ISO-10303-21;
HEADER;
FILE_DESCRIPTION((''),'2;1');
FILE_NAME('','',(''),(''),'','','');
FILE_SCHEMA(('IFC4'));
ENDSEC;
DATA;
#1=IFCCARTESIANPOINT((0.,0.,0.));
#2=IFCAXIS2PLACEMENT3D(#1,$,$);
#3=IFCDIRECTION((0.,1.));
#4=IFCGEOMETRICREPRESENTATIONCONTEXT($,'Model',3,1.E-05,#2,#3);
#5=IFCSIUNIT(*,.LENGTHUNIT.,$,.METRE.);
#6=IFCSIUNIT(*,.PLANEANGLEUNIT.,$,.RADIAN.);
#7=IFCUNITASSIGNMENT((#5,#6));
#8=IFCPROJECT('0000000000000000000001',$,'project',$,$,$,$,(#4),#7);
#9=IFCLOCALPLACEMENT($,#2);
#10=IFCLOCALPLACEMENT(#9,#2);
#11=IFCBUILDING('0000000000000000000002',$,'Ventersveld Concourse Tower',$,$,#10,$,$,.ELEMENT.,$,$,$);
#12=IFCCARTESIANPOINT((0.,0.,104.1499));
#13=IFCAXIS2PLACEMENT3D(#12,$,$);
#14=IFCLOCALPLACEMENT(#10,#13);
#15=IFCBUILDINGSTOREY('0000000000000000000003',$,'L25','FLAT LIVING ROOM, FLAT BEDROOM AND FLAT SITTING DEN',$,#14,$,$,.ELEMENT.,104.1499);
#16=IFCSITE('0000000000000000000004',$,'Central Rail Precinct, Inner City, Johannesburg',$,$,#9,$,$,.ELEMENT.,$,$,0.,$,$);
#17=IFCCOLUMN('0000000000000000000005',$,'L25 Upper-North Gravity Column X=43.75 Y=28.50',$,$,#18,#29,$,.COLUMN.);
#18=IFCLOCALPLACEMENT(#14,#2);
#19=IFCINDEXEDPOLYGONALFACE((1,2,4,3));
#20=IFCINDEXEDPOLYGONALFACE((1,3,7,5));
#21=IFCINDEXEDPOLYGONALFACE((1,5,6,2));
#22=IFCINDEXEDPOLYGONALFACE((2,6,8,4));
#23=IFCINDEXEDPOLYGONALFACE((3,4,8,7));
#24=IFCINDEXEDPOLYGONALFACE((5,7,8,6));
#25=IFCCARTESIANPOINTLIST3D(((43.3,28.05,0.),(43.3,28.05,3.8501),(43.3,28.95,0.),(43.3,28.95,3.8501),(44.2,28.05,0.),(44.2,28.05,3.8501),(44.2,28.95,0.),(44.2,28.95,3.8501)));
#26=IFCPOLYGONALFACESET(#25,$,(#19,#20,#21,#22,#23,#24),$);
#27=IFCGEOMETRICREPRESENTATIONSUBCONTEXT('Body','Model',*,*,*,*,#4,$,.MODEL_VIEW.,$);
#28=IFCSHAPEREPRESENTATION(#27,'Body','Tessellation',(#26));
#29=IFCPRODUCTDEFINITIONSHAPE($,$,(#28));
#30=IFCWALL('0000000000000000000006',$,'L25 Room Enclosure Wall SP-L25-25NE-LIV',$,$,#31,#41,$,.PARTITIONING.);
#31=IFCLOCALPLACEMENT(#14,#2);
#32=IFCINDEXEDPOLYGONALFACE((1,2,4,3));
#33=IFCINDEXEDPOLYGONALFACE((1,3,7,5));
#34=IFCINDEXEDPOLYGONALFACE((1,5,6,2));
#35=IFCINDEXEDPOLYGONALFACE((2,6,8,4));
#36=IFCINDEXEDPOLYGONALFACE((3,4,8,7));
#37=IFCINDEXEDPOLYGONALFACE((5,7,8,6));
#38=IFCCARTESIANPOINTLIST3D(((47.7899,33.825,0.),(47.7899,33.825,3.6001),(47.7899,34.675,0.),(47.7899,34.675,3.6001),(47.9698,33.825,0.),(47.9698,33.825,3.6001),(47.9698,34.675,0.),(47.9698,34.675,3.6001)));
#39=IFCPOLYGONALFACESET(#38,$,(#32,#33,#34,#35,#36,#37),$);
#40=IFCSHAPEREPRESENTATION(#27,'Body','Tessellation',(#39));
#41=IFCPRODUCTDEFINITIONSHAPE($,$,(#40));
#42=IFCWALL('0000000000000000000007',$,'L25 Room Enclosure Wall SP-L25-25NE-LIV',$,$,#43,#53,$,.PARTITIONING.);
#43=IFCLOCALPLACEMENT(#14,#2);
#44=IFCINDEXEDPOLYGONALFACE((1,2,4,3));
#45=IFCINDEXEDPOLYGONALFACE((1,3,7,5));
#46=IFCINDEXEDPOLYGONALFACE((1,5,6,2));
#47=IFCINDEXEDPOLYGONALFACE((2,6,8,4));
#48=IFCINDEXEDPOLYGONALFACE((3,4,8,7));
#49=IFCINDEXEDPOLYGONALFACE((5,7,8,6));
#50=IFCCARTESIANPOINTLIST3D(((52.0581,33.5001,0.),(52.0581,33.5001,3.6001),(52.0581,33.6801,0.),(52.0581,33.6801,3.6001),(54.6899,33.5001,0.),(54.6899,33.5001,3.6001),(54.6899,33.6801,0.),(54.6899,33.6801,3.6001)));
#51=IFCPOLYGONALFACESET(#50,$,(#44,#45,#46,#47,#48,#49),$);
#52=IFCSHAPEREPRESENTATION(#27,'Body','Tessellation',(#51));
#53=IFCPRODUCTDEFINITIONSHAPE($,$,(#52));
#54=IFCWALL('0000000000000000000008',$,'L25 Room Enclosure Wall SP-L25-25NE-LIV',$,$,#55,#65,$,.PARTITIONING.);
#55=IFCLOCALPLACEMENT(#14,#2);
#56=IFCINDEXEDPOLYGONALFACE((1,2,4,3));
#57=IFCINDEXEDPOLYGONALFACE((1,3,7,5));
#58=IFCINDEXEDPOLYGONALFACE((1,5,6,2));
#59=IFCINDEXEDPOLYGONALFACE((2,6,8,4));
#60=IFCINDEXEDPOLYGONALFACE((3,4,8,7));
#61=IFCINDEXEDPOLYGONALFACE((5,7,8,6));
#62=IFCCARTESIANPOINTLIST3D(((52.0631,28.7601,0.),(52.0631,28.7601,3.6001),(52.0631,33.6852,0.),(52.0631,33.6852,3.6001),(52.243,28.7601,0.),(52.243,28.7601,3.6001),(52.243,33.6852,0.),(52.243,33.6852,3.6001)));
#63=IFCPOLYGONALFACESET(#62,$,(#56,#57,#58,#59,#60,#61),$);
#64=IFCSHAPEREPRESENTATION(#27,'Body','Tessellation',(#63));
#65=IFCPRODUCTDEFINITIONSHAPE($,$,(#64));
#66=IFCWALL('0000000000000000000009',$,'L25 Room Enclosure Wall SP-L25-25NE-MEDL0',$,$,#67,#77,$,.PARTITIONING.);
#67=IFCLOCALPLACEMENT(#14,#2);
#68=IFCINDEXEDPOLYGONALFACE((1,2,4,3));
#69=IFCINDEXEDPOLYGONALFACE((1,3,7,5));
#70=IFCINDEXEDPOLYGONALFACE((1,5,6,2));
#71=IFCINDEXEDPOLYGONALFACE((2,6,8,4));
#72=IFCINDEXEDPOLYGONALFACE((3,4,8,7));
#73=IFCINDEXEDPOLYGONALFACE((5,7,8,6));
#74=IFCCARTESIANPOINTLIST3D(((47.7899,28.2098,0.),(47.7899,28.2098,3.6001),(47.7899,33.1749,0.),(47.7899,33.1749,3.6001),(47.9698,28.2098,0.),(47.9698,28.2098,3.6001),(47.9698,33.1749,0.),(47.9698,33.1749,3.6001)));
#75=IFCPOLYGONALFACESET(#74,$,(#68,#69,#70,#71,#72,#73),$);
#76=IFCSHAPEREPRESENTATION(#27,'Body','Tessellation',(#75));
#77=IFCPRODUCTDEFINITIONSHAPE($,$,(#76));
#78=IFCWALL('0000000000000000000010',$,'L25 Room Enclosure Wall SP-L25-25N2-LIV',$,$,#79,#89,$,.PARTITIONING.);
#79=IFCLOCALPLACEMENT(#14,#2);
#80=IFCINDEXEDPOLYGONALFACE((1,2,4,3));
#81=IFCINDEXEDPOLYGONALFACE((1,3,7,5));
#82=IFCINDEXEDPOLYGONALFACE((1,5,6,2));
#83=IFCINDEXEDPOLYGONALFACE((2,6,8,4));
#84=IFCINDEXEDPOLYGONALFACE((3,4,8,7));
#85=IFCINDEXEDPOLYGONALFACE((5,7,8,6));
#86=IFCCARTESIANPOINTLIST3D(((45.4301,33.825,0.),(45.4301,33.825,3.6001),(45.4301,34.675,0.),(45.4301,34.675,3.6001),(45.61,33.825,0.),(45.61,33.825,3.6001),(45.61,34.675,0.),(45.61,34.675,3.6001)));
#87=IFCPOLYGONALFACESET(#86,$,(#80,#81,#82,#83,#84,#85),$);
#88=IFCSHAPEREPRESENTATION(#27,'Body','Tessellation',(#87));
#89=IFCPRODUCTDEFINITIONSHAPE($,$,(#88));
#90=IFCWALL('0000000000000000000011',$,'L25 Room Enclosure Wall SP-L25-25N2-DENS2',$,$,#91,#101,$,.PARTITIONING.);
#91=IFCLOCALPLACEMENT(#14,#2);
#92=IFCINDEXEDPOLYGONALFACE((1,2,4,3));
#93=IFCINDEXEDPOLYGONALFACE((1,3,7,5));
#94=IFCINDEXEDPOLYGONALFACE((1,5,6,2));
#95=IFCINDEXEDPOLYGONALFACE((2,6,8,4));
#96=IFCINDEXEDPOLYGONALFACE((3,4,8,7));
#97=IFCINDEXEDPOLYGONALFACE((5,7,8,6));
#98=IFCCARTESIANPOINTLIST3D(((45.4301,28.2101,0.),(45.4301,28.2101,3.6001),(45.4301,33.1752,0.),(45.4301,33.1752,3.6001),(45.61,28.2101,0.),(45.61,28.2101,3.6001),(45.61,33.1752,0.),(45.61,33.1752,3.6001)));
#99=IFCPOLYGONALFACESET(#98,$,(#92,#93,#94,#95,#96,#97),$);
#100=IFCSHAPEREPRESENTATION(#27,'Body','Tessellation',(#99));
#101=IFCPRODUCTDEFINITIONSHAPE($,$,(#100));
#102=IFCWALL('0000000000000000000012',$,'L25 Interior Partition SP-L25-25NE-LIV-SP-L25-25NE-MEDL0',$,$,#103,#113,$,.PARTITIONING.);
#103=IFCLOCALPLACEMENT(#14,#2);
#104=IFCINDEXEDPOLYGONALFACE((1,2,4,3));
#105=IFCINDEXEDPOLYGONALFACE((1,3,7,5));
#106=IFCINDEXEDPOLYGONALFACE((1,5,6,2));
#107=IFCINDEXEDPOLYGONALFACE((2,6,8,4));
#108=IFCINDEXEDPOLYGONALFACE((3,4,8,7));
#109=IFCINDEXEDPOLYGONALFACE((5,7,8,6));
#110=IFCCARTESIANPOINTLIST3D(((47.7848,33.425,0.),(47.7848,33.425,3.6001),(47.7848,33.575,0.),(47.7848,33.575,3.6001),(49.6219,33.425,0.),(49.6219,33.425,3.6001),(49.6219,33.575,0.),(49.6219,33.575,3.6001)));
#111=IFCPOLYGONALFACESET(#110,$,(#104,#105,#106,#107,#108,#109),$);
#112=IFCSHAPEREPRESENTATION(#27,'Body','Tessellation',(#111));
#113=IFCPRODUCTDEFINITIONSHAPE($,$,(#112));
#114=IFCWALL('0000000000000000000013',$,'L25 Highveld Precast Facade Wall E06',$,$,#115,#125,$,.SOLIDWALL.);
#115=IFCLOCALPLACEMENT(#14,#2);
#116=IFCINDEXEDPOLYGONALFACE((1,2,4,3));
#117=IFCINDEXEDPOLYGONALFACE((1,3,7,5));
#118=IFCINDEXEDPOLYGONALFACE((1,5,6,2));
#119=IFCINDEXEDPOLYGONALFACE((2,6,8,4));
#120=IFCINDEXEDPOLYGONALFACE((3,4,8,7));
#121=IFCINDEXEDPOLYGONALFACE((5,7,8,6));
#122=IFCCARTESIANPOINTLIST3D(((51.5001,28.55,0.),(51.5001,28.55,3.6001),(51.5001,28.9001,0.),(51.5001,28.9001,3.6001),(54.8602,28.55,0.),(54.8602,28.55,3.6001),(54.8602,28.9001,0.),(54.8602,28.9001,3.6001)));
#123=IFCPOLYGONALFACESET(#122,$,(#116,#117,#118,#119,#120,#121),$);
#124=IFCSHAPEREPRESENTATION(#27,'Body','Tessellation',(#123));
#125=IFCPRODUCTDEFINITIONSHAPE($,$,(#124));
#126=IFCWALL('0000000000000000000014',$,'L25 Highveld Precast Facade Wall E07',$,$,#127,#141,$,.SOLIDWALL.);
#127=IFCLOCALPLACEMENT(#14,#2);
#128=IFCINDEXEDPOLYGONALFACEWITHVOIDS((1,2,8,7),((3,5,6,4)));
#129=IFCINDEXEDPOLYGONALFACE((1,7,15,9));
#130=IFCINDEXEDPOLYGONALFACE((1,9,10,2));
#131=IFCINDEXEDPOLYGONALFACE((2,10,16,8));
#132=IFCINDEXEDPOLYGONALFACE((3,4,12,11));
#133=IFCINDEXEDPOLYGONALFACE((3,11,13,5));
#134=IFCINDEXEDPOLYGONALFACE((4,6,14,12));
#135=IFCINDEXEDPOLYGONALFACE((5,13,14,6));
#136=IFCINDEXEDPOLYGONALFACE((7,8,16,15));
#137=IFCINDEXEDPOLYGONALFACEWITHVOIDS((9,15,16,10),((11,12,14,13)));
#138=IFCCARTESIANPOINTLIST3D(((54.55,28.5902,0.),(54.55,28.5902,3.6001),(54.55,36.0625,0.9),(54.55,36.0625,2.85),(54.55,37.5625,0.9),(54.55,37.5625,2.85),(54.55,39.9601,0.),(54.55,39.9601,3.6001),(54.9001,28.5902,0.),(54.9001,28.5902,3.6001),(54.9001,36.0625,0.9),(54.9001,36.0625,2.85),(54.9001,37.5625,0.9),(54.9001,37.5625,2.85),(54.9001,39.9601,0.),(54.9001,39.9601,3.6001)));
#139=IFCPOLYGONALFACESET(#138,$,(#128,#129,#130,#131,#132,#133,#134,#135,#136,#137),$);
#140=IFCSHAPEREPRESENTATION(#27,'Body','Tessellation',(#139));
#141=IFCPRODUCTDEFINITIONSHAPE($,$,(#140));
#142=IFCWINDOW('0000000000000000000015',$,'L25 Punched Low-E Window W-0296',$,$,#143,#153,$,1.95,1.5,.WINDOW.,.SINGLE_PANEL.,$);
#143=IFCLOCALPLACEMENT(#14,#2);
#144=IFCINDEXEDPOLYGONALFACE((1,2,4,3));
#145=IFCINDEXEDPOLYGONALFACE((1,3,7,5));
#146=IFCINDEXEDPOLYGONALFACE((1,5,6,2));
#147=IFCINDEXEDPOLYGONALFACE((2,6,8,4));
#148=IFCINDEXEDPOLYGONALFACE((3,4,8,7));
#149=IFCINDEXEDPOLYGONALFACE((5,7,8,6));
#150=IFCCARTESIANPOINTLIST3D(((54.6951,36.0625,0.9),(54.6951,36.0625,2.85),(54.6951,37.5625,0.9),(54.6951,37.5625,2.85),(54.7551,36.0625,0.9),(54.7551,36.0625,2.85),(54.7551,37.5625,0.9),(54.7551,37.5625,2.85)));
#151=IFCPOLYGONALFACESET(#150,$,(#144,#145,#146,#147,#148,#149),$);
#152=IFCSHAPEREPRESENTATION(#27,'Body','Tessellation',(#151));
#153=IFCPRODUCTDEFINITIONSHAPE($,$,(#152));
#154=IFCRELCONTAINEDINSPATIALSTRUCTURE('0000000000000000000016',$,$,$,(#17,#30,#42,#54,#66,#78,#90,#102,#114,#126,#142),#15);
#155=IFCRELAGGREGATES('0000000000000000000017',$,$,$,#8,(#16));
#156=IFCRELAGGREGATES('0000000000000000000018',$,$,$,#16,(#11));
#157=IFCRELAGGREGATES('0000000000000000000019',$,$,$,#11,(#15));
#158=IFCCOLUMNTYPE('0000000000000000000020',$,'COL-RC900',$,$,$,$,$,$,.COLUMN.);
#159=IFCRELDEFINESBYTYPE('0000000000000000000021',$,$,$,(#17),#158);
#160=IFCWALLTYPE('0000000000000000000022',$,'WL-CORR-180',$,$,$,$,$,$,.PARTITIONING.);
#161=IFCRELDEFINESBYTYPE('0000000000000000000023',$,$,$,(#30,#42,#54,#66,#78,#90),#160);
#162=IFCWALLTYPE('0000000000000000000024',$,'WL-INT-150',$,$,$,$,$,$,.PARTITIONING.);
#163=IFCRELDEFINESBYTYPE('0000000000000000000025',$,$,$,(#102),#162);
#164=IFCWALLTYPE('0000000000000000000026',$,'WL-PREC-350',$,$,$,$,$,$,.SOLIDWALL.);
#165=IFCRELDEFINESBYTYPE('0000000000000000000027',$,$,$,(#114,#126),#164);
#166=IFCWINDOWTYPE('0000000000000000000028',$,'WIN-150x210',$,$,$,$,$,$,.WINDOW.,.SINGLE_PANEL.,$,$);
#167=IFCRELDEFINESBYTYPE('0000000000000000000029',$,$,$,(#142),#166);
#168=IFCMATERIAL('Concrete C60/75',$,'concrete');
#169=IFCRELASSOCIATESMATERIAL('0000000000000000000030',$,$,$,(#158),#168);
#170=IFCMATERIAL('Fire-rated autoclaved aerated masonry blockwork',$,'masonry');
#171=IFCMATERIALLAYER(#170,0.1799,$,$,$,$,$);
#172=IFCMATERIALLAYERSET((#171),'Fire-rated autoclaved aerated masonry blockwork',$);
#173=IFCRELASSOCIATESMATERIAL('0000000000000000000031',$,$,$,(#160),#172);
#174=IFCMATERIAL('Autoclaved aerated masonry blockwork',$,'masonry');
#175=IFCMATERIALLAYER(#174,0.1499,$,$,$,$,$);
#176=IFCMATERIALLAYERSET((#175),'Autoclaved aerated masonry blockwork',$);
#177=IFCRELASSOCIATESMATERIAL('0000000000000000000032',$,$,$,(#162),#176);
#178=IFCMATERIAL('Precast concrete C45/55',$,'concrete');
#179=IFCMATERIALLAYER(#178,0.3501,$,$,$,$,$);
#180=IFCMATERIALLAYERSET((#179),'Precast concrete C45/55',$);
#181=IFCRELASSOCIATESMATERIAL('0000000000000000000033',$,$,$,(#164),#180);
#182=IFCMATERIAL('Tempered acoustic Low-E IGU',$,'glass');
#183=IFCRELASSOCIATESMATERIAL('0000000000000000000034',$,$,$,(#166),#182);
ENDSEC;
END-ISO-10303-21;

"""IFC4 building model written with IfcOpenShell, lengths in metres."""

from ifc_helpers import new_model, si_unit, direction, frame, frame_2d, origin, origin_2d, place, context, subcontext, project, spatial, rectangle, extrude, material, layer, layer_set, material_profile, profile_set, type_object, element, fill, save


model = new_model("IFC4")

# Units and contexts
model_context = context("Model", 3, precision=1e-05, world=origin(), true_north=direction((0.0, 1.0)))
body_context = subcontext(model_context, "Body", "Model", "MODEL_VIEW")
ifc_project = project(units=[si_unit("LENGTHUNIT", "METRE"), si_unit("PLANEANGLEUNIT", "RADIAN")], contexts=[model_context])

# Site, building, storey
site_placement = place(None, origin())
site = spatial("IfcSite", under=ifc_project, at=site_placement, Name="Central Rail Precinct, Inner City, Johannesburg", CompositionType="ELEMENT", RefElevation=0.0)
building_placement = place(site_placement, origin())
building = spatial("IfcBuilding", under=site, at=building_placement, Name="Ventersveld Concourse Tower", CompositionType="ELEMENT")
storey_placement = place(building_placement, frame((0.0, 0.0, 104.1499)))
storey = spatial("IfcBuildingStorey", under=building, at=storey_placement, Name="L25", Description="FLAT LIVING ROOM, FLAT BEDROOM AND FLAT SITTING DEN", CompositionType="ELEMENT", Elevation=104.1499)

# Column
ifc_material_1 = material(Name="Concrete C60/75", Category="concrete")
ifc_material_profile = material_profile(ifc_material_1, rectangle(XDim=0.8999, YDim=0.8999, at=origin_2d()), Name="RC 900x900")
ifc_profile_set = profile_set([ifc_material_profile], Name="Concrete C60/75")
column_type = type_object("IfcColumnType", Name="COL-RC900", PredefinedType="COLUMN", material=ifc_profile_set)
column_placement = place(storey_placement, frame((43.75, 28.5, 0.0), z_axis=(0.0, 0.0, 1.0), x_axis=(1.0, 0.0, 0.0)))
element("IfcColumn", 1, at=column_placement, inside=storey, type_object=column_type, Name="L25 Upper-North Gravity Column X=43.75 Y=28.50", PredefinedType="COLUMN", context=body_context, shape_type="SweptSolid", body=[
    extrude(rectangle(XDim=0.8999, YDim=0.8999, at=origin_2d()), origin(), (0.0, 0.0, 1.0), 3.8501),
])

# Walls
ifc_material_2 = material(Name="Fire-rated autoclaved aerated masonry blockwork", Category="masonry")
ifc_layer_1 = layer(ifc_material_2, 0.1799)
ifc_layer_set_1 = layer_set([ifc_layer_1], Name="Fire-rated autoclaved aerated masonry blockwork")
wall_type_1 = type_object("IfcWallType", Name="WL-CORR-180", PredefinedType="PARTITIONING", material=ifc_layer_set_1)
wall_1_placement = place(storey_placement, frame((47.8799, 33.825, 0.0), z_axis=(0.0, 0.0, 1.0), x_axis=(0.0, 1.0, 0.0)))
element("IfcWall", 2, at=wall_1_placement, inside=storey, type_object=wall_type_1, Name="L25 Room Enclosure Wall SP-L25-25NE-LIV", PredefinedType="PARTITIONING", context=body_context, shape_type="SweptSolid", body=[
    extrude(rectangle(XDim=0.8501, YDim=0.1799, at=frame_2d((0.425, 0.0))), origin(), (0.0, 0.0, 1.0), 3.6001),
])
wall_2_placement = place(storey_placement, frame((54.6899, 33.5901, 0.0), z_axis=(0.0, 0.0, 1.0), x_axis=(-1.0, 0.0, 0.0)))
element("IfcWall", 3, at=wall_2_placement, inside=storey, type_object=wall_type_1, Name="L25 Room Enclosure Wall SP-L25-25NE-LIV", PredefinedType="PARTITIONING", context=body_context, shape_type="SweptSolid", body=[
    extrude(rectangle(XDim=2.6318, YDim=0.1799, at=frame_2d((1.3159, 0.0))), origin(), (0.0, 0.0, 1.0), 3.6001),
])
wall_3_placement = place(storey_placement, frame((52.1531, 33.6851, 0.0), z_axis=(0.0, 0.0, 1.0), x_axis=(0.0, -1.0, 0.0)))
element("IfcWall", 4, at=wall_3_placement, inside=storey, type_object=wall_type_1, Name="L25 Room Enclosure Wall SP-L25-25NE-LIV", PredefinedType="PARTITIONING", context=body_context, shape_type="SweptSolid", body=[
    extrude(rectangle(XDim=4.925, YDim=0.1799, at=frame_2d((2.4624, 0.0))), origin(), (0.0, 0.0, 1.0), 3.6001),
])
wall_4_placement = place(storey_placement, frame((47.8799, 28.21, 0.0), z_axis=(0.0, 0.0, 1.0), x_axis=(0.0, 1.0, 0.0)))
element("IfcWall", 5, at=wall_4_placement, inside=storey, type_object=wall_type_1, Name="L25 Room Enclosure Wall SP-L25-25NE-MEDL0", PredefinedType="PARTITIONING", context=body_context, shape_type="SweptSolid", body=[
    extrude(rectangle(XDim=4.9651, YDim=0.1799, at=frame_2d((2.4824, 0.0))), origin(), (0.0, 0.0, 1.0), 3.6001),
])
wall_5_placement = place(storey_placement, frame((45.52, 34.675, 0.0), z_axis=(0.0, 0.0, 1.0), x_axis=(0.0, -1.0, 0.0)))
element("IfcWall", 6, at=wall_5_placement, inside=storey, type_object=wall_type_1, Name="L25 Room Enclosure Wall SP-L25-25N2-LIV", PredefinedType="PARTITIONING", context=body_context, shape_type="SweptSolid", body=[
    extrude(rectangle(XDim=0.8501, YDim=0.1799, at=frame_2d((0.425, 0.0))), origin(), (0.0, 0.0, 1.0), 3.6001),
])
wall_6_placement = place(storey_placement, frame((45.52, 33.175, 0.0), z_axis=(0.0, 0.0, 1.0), x_axis=(0.0, -1.0, 0.0)))
element("IfcWall", 7, at=wall_6_placement, inside=storey, type_object=wall_type_1, Name="L25 Room Enclosure Wall SP-L25-25N2-DENS2", PredefinedType="PARTITIONING", context=body_context, shape_type="SweptSolid", body=[
    extrude(rectangle(XDim=4.9651, YDim=0.1799, at=frame_2d((2.4824, 0.0))), origin(), (0.0, 0.0, 1.0), 3.6001),
])
ifc_material_3 = material(Name="Autoclaved aerated masonry blockwork", Category="masonry")
ifc_layer_2 = layer(ifc_material_3, 0.1499)
ifc_layer_set_2 = layer_set([ifc_layer_2], Name="Autoclaved aerated masonry blockwork")
wall_type_2 = type_object("IfcWallType", Name="WL-INT-150", PredefinedType="PARTITIONING", material=ifc_layer_set_2)
wall_7_placement = place(storey_placement, frame((47.7849, 33.5, 0.0), z_axis=(0.0, 0.0, 1.0), x_axis=(1.0, 0.0, 0.0)))
element("IfcWall", 8, at=wall_7_placement, inside=storey, type_object=wall_type_2, Name="L25 Interior Partition SP-L25-25NE-LIV-SP-L25-25NE-MEDL0", PredefinedType="PARTITIONING", context=body_context, shape_type="SweptSolid", body=[
    extrude(rectangle(XDim=1.8372, YDim=0.1499, at=frame_2d((0.9185, 0.0))), origin(), (0.0, 0.0, 1.0), 3.6001),
])
ifc_material_4 = material(Name="Precast concrete C45/55", Category="concrete")
ifc_layer_3 = layer(ifc_material_4, 0.3501)
ifc_layer_set_3 = layer_set([ifc_layer_3], Name="Precast concrete C45/55")
wall_type_3 = type_object("IfcWallType", Name="WL-PREC-350", PredefinedType="SOLIDWALL", material=ifc_layer_set_3)
wall_8_placement = place(storey_placement, frame((51.5, 28.7251, 0.0), z_axis=(0.0, 0.0, 1.0), x_axis=(1.0, 0.0, 0.0)))
element("IfcWall", 9, at=wall_8_placement, inside=storey, type_object=wall_type_3, Name="L25 Highveld Precast Facade Wall E06", PredefinedType="SOLIDWALL", context=body_context, shape_type="SweptSolid", body=[
    extrude(rectangle(XDim=3.3601, YDim=0.3501, at=frame_2d((1.6802, 0.0))), origin(), (0.0, 0.0, 1.0), 3.6001),
])

# Wall, opening, window
wall_9_placement = place(storey_placement, frame((54.7251, 28.5901, 0.0), z_axis=(0.0, 0.0, 1.0), x_axis=(0.0, 1.0, 0.0)))
wall_9 = element("IfcWall", 10, at=wall_9_placement, inside=storey, type_object=wall_type_3, Name="L25 Highveld Precast Facade Wall E07", PredefinedType="SOLIDWALL", context=body_context, shape_type="SweptSolid", body=[
    extrude(rectangle(XDim=11.3699, YDim=0.3501, at=frame_2d((5.6851, 0.0))), origin(), (0.0, 0.0, 1.0), 3.6001),
])
opening_placement = place(wall_9_placement, frame((7.4724, 0.0, 0.8999)))
opening = element("IfcOpeningElement", 11, at=opening_placement, cuts=wall_9, PredefinedType="OPENING", context=body_context, shape_type="SweptSolid", body=[
    extrude(rectangle(XDim=1.5, YDim=1.95, at=frame_2d((0.75, 0.9751))), frame((0.0, 0.1851, 0.0), z_axis=(0.0, -1.0, 0.0), x_axis=(1.0, 0.0, 0.0)), (0.0, 0.0, 1.0), 0.3701),
])
ifc_material_5 = material(Name="Tempered acoustic Low-E IGU", Category="glass")
window_type = type_object("IfcWindowType", Name="WIN-150x210", PartitioningType="SINGLE_PANEL", PredefinedType="WINDOW", material=ifc_material_5)
window_placement = place(opening_placement, origin())
window = element("IfcWindow", 12, at=window_placement, inside=storey, type_object=window_type, Name="L25 Punched Low-E Window W-0296", OverallHeight=1.95, OverallWidth=1.5, PartitioningType="SINGLE_PANEL", PredefinedType="WINDOW", context=body_context, shape_type="SweptSolid", body=[
    extrude(rectangle(XDim=1.5, YDim=1.95, at=frame_2d((0.75, 0.9751))), frame((0.0, 0.03, 0.0), z_axis=(0.0, -1.0, 0.0), x_axis=(1.0, 0.0, 0.0)), (0.0, 0.0, 1.0), 0.0601),
])
fill(opening, window)

save(model, "model.ifc")
